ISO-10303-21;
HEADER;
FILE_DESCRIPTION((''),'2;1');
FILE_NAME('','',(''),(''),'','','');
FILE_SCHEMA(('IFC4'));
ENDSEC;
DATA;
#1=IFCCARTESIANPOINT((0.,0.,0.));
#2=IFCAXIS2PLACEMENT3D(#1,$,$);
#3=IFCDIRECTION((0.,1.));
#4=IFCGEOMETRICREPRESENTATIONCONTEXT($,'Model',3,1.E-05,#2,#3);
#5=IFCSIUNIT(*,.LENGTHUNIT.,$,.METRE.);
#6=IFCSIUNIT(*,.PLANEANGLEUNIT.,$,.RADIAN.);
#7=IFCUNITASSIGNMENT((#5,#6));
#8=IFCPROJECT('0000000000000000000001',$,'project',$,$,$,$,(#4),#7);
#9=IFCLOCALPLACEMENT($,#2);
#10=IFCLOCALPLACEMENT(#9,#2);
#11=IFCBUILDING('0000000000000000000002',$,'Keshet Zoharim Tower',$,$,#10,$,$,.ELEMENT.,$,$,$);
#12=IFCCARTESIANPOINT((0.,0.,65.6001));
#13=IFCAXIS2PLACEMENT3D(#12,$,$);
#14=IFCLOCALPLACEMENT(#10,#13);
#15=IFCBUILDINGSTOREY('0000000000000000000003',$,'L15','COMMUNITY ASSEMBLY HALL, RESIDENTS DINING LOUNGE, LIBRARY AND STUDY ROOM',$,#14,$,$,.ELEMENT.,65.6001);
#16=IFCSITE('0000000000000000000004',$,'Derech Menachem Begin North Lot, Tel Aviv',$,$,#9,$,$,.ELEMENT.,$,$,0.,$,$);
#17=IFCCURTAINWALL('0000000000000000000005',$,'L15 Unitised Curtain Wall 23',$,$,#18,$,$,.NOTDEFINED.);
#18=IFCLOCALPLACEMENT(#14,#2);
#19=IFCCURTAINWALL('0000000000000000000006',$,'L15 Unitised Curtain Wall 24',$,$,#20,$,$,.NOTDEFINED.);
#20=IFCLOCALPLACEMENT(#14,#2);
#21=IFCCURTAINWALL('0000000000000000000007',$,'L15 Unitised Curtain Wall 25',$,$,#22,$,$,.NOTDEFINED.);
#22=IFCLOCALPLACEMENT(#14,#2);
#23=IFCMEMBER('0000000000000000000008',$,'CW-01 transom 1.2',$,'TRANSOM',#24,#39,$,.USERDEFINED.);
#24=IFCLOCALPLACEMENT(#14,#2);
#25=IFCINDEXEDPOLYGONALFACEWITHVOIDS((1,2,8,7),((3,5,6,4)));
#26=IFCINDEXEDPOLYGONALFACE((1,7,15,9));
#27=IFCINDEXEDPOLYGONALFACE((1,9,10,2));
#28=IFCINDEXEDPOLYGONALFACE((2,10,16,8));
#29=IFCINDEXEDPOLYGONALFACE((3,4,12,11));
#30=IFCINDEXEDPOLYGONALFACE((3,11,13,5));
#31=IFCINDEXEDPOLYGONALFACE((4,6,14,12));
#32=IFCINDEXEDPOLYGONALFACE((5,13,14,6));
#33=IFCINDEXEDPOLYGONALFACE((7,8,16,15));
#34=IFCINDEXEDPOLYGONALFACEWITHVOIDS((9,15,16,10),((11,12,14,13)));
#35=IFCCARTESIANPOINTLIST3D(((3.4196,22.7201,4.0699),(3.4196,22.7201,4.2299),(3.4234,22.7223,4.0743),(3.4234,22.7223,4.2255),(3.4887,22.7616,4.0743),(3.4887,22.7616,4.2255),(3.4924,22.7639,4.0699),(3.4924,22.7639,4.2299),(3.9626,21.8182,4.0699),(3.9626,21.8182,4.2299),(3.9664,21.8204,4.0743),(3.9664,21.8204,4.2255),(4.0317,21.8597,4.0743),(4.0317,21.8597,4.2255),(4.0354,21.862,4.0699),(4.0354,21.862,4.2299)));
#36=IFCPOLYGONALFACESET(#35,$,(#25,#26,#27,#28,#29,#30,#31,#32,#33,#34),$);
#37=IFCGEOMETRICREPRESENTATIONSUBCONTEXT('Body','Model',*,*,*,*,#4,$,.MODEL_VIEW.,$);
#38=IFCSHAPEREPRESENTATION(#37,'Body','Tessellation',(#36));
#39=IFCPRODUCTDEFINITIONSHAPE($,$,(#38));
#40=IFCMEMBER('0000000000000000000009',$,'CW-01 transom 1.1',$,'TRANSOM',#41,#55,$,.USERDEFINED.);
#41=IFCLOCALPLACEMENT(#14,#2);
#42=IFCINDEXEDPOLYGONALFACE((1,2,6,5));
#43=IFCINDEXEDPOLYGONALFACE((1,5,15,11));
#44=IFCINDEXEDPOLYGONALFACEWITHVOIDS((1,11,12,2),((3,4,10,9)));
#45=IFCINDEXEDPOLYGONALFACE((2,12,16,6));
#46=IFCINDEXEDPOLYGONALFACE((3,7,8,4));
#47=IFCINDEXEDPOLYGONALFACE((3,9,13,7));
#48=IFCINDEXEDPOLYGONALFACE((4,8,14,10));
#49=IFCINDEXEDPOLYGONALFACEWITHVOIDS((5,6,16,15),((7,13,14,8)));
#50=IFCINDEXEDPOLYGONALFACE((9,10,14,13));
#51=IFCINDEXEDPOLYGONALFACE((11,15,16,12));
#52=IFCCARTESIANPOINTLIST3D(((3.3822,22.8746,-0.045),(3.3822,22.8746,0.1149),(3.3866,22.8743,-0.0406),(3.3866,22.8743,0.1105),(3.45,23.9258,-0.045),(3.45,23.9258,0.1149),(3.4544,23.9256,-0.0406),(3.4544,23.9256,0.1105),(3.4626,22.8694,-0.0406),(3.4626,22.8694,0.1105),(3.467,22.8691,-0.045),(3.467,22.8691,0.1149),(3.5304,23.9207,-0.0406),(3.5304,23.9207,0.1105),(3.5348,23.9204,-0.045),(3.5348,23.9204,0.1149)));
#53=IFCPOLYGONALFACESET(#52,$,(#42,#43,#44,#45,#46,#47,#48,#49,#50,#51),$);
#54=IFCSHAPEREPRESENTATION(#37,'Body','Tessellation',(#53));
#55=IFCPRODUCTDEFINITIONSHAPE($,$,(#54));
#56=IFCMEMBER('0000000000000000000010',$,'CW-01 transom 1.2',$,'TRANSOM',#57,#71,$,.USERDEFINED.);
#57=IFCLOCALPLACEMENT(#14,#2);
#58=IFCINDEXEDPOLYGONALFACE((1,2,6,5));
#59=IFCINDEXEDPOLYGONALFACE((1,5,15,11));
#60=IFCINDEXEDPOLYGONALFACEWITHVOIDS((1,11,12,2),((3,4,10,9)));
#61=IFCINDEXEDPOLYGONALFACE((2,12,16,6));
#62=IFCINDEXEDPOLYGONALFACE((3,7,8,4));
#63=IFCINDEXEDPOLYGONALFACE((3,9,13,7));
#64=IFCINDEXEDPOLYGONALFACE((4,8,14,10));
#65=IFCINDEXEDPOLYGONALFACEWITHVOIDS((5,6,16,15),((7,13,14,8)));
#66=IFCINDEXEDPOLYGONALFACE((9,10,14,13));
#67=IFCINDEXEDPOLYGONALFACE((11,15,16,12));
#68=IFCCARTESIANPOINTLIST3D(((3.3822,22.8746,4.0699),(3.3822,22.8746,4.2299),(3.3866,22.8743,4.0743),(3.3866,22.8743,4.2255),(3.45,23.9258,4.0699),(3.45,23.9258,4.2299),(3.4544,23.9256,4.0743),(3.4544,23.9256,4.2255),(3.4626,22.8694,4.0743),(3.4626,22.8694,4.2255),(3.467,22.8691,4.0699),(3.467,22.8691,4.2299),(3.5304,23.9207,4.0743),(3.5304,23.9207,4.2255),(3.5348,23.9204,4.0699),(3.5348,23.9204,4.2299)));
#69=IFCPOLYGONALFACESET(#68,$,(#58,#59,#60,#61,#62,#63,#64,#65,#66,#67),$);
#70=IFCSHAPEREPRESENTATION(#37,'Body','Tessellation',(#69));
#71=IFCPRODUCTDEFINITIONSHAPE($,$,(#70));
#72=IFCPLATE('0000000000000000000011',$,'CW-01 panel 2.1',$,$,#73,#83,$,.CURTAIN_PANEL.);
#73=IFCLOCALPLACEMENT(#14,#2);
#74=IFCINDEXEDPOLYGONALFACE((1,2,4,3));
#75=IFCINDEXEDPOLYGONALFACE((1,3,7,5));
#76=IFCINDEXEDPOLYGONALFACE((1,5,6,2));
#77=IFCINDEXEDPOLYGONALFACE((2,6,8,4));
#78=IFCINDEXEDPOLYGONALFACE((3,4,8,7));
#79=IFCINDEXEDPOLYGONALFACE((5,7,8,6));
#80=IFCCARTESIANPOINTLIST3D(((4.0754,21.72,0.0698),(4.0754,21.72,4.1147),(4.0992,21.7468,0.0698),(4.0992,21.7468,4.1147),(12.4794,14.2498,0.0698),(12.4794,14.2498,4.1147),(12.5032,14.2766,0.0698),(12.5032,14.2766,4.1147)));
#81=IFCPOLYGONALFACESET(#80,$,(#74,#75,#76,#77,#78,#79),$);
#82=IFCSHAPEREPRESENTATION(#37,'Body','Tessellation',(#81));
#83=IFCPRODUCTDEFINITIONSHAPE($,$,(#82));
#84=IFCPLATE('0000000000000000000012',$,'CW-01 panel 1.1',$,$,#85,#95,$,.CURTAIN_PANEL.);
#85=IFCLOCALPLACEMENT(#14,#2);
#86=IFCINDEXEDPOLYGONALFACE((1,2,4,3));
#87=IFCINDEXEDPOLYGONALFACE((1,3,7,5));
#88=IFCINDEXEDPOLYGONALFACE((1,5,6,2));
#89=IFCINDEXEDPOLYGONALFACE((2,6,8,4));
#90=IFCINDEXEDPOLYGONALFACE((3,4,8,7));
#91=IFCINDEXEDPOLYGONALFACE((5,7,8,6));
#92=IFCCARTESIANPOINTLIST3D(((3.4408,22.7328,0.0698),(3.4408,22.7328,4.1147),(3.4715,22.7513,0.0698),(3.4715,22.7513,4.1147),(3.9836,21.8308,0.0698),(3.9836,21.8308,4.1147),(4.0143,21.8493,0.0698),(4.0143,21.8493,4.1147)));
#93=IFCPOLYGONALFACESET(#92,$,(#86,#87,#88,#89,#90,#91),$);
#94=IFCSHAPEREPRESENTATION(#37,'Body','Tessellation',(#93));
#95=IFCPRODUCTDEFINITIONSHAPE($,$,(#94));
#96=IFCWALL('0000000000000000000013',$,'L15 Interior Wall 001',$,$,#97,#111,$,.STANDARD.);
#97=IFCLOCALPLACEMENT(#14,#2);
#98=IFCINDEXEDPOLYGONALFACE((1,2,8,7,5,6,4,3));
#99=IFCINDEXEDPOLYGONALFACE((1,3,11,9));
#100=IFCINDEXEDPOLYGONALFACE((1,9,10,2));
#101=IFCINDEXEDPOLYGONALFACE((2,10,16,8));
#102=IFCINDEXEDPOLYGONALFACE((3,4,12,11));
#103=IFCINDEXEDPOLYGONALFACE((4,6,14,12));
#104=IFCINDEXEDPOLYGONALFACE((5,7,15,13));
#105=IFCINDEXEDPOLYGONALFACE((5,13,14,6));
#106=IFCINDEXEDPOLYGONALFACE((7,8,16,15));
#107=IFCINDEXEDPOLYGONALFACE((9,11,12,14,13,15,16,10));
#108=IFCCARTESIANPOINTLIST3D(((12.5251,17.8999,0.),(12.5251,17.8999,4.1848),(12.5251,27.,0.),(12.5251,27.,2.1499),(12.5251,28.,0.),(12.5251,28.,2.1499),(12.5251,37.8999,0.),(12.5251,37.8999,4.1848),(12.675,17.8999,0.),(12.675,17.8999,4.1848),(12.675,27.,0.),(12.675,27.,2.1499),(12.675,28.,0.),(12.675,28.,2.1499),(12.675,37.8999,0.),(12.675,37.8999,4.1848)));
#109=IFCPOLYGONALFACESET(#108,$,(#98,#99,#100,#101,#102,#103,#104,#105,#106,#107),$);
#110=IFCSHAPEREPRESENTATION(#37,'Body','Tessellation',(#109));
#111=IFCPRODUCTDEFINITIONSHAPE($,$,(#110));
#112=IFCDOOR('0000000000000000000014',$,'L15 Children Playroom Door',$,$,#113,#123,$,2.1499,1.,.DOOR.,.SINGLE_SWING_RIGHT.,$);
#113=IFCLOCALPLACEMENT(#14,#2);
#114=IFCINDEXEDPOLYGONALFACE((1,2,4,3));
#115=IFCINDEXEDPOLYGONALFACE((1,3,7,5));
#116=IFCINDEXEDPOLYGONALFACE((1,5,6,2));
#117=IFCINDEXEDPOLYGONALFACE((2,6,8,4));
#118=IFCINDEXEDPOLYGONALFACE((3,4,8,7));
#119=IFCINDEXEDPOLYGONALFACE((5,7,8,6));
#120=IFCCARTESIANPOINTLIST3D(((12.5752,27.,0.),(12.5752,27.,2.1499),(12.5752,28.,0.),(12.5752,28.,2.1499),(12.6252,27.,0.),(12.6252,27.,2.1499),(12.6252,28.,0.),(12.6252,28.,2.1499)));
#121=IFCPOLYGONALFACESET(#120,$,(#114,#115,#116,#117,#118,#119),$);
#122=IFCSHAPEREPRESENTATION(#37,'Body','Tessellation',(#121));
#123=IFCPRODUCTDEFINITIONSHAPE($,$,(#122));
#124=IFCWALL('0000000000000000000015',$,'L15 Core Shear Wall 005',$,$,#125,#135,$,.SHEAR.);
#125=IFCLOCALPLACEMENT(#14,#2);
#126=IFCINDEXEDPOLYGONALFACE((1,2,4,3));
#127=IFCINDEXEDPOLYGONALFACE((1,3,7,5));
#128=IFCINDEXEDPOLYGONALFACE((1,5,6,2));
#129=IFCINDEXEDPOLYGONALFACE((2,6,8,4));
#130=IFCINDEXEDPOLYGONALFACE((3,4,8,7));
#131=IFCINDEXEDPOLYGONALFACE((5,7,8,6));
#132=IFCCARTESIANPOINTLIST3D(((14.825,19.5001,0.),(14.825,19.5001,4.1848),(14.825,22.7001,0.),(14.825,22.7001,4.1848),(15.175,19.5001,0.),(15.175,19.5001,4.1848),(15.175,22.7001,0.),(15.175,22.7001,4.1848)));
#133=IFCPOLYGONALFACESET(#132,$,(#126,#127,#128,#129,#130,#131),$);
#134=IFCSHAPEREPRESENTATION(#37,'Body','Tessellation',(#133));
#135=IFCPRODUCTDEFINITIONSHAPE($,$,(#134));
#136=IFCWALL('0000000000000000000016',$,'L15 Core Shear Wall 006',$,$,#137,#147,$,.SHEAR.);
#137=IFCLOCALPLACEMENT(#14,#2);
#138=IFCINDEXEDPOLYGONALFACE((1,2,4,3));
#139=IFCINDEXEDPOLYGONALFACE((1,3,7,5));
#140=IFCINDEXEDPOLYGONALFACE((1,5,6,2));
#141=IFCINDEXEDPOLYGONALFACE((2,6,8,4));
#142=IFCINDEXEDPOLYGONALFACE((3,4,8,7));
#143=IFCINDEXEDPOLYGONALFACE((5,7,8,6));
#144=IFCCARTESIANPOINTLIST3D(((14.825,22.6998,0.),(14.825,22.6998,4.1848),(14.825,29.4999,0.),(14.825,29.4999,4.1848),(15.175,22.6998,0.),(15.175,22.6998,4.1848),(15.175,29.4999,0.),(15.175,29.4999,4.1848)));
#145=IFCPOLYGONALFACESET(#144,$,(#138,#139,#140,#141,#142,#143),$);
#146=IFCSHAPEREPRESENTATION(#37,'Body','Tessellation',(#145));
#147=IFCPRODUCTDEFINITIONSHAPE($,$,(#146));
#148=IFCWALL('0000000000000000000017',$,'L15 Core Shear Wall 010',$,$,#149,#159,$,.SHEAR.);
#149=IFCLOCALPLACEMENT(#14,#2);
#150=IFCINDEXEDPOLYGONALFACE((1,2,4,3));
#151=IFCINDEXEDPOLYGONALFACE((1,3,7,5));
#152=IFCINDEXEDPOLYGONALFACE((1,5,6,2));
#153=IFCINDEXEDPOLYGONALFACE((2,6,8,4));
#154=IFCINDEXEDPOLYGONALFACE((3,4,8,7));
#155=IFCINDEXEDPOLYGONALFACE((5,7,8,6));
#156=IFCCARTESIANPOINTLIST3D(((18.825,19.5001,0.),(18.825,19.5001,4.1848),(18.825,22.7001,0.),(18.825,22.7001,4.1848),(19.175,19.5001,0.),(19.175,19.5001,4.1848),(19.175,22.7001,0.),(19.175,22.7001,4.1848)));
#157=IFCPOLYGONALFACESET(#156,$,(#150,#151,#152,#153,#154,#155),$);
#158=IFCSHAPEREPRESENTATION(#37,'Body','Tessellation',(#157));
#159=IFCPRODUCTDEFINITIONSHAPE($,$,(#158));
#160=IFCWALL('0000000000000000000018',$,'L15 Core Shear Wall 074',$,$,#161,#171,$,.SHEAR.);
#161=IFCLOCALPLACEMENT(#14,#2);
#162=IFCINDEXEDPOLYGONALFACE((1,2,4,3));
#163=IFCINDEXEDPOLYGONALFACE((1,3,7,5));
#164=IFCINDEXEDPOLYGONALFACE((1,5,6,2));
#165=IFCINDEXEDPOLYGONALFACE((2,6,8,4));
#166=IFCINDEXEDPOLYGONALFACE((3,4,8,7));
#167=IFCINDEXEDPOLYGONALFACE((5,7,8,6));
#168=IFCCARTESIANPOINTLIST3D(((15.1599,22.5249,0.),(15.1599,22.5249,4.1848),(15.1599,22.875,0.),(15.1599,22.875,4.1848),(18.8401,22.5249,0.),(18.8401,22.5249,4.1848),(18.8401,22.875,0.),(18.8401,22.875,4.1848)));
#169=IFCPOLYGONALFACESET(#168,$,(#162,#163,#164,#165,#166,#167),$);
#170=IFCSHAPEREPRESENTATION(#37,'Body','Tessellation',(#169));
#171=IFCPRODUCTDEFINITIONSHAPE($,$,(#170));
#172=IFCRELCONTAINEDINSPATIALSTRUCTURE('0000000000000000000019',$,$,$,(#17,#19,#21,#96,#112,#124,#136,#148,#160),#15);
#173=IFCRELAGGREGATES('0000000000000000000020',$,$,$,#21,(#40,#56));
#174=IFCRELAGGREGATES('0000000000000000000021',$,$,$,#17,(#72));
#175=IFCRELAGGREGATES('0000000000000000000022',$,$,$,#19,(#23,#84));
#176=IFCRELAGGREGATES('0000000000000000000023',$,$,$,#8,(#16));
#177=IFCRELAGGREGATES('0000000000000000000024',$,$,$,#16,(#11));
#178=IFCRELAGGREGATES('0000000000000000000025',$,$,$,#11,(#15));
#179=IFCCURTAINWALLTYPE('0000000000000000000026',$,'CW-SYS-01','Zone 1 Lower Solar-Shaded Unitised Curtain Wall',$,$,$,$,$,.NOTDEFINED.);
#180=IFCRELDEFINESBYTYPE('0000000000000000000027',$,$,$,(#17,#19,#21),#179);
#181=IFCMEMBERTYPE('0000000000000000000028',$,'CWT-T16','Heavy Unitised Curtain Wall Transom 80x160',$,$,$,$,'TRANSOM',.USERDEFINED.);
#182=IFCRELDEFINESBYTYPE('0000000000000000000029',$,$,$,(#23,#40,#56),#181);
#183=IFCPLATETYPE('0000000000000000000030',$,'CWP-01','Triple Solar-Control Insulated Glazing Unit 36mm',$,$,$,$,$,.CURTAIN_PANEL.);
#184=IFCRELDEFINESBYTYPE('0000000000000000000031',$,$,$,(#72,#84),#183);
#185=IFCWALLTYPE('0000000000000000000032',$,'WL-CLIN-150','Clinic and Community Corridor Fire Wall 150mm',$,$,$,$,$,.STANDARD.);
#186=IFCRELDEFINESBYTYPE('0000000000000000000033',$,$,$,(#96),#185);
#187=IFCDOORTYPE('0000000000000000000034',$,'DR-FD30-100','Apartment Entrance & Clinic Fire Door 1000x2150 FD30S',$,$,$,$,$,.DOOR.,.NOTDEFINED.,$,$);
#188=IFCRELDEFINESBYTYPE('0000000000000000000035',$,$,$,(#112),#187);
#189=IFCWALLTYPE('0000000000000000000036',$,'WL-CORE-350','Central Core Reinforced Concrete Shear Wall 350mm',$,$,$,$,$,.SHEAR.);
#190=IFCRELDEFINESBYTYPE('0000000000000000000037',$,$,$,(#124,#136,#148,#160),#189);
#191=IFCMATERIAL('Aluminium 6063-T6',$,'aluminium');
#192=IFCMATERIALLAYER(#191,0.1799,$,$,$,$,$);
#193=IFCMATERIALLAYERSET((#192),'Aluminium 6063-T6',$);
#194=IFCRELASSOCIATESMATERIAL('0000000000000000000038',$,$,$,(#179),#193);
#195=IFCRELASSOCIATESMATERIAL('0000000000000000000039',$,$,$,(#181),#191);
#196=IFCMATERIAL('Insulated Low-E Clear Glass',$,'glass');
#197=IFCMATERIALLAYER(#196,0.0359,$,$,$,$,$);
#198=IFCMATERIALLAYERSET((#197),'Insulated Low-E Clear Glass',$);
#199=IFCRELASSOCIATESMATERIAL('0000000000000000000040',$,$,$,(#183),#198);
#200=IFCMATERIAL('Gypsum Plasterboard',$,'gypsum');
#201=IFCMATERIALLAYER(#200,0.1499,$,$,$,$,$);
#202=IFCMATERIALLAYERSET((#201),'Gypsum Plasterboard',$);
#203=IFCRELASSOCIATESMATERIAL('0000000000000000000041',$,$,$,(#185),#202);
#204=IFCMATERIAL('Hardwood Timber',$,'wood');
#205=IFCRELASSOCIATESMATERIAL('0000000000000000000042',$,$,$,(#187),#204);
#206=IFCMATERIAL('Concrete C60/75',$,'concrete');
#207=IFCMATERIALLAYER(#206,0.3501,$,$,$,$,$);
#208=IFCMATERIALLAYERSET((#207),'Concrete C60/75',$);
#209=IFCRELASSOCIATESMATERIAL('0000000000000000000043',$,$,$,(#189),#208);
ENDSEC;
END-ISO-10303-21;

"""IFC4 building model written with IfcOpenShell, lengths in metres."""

from ifc_helpers import new_model, si_unit, direction, frame, frame_2d, origin, origin_2d, place, context, subcontext, project, spatial, rectangle, hollow_rectangle, extrude, material, layer, layer_set, material_profile, profile_set, type_object, element, fill, aggregate, save


model = new_model("IFC4")

# Units and contexts
model_context = context("Model", 3, precision=1e-05, world=origin(), true_north=direction((0.0, 1.0)))
body_context = subcontext(model_context, "Body", "Model", "MODEL_VIEW")
ifc_project = project(units=[si_unit("LENGTHUNIT", "METRE"), si_unit("PLANEANGLEUNIT", "RADIAN")], contexts=[model_context])

# Site, building, storey
site_placement = place(None, origin())
site = spatial("IfcSite", under=ifc_project, at=site_placement, Name="Derech Menachem Begin North Lot, Tel Aviv", CompositionType="ELEMENT", RefElevation=0.0)
building_placement = place(site_placement, origin())
building = spatial("IfcBuilding", under=site, at=building_placement, Name="Keshet Zoharim Tower", CompositionType="ELEMENT")
storey_placement = place(building_placement, frame((0.0, 0.0, 65.6001)))
storey = spatial("IfcBuildingStorey", under=building, at=storey_placement, Name="L15", Description="COMMUNITY ASSEMBLY HALL, RESIDENTS DINING LOUNGE, LIBRARY AND STUDY ROOM", CompositionType="ELEMENT", Elevation=65.6001)

# Shared definitions
ifc_material_1 = material(Name="Concrete C60/75", Category="concrete")

# Curtain wall
ifc_material_2 = material(Name="Aluminium 6063-T6", Category="aluminium")
ifc_layer_1 = layer(ifc_material_2, 0.1799)
ifc_layer_set_1 = layer_set([ifc_layer_1], Name="Aluminium 6063-T6")
curtain_wall_type = type_object("IfcCurtainWallType", Name="CW-SYS-01", Description="Zone 1 Lower Solar-Shaded Unitised Curtain Wall", PredefinedType="NOTDEFINED", material=ifc_layer_set_1)
curtain_wall_1_placement = place(storey_placement, origin())
curtain_wall_1 = element("IfcCurtainWall", 1, at=curtain_wall_1_placement, inside=storey, type_object=curtain_wall_type, Name="L15 Unitised Curtain Wall 23", PredefinedType="NOTDEFINED")

# Curtain wall
curtain_wall_2_placement = place(storey_placement, origin())
curtain_wall_2 = element("IfcCurtainWall", 2, at=curtain_wall_2_placement, inside=storey, type_object=curtain_wall_type, Name="L15 Unitised Curtain Wall 24", PredefinedType="NOTDEFINED")

# Curtain wall
curtain_wall_3_placement = place(storey_placement, origin())
curtain_wall_3 = element("IfcCurtainWall", 3, at=curtain_wall_3_placement, inside=storey, type_object=curtain_wall_type, Name="L15 Unitised Curtain Wall 25", PredefinedType="NOTDEFINED")

# Members
ifc_material_profile_1 = material_profile(ifc_material_2, hollow_rectangle(XDim=0.085, YDim=0.1599, WallThickness=0.0044, at=origin_2d()), Name="TRN-85x160")
ifc_profile_set_1 = profile_set([ifc_material_profile_1], Name="Aluminium 6063-T6")
member_type_1 = type_object("IfcMemberType", Name="CWT-T16", Description="Heavy Unitised Curtain Wall Transom 80x160", ElementType="TRANSOM", PredefinedType="USERDEFINED", material=ifc_profile_set_1)
member_1_placement = place(storey_placement, frame((3.999, 21.8401, 4.1499), z_axis=(-0.515791, 0.856714, 0.0), x_axis=(-0.856714, -0.515791, 0.0)))
member_1 = element("IfcMember", 4, at=member_1_placement, type_object=member_type_1, Name="CW-01 transom 1.2", ObjectType="TRANSOM", PredefinedType="USERDEFINED", context=body_context, shape_type="SweptSolid", body=[
    extrude(hollow_rectangle(XDim=0.085, YDim=0.1599, WallThickness=0.0044, at=origin_2d()), origin(), (0.0, 0.0, 1.0), 1.0527),
])
member_2_placement = place(storey_placement, frame((3.4246, 22.8718, 0.0349), z_axis=(0.064427, 0.997922, 0.0), x_axis=(-0.997922, 0.064427, 0.0)))
member_2 = element("IfcMember", 5, at=member_2_placement, type_object=member_type_1, Name="CW-01 transom 1.1", ObjectType="TRANSOM", PredefinedType="USERDEFINED", context=body_context, shape_type="SweptSolid", body=[
    extrude(hollow_rectangle(XDim=0.085, YDim=0.1599, WallThickness=0.0044, at=origin_2d()), origin(), (0.0, 0.0, 1.0), 1.0535),
])
member_3_placement = place(storey_placement, frame((3.4246, 22.8718, 4.1499), z_axis=(0.064427, 0.997922, 0.0), x_axis=(-0.997922, 0.064427, 0.0)))
member_3 = element("IfcMember", 6, at=member_3_placement, type_object=member_type_1, Name="CW-01 transom 1.2", ObjectType="TRANSOM", PredefinedType="USERDEFINED", context=body_context, shape_type="SweptSolid", body=[
    extrude(hollow_rectangle(XDim=0.085, YDim=0.1599, WallThickness=0.0044, at=origin_2d()), origin(), (0.0, 0.0, 1.0), 1.0535),
])
aggregate(curtain_wall_3, [member_2, member_3])

# Plates
ifc_material_3 = material(Name="Insulated Low-E Clear Glass", Category="glass")
ifc_layer_2 = layer(ifc_material_3, 0.0359)
ifc_layer_set_2 = layer_set([ifc_layer_2], Name="Insulated Low-E Clear Glass")
plate_type = type_object("IfcPlateType", Name="CWP-01", Description="Triple Solar-Control Insulated Glazing Unit 36mm", PredefinedType="CURTAIN_PANEL", material=ifc_layer_set_2)
plate_1_placement = place(storey_placement, frame((8.2893, 17.9983, 0.0698), z_axis=(0.0, 0.0, 1.0), x_axis=(-0.747409, 0.664364, 0.0)))
plate_1 = element("IfcPlate", 7, at=plate_1_placement, type_object=plate_type, Name="CW-01 panel 2.1", PredefinedType="CURTAIN_PANEL", context=body_context, shape_type="SweptSolid", body=[
    extrude(rectangle(XDim=11.2441, YDim=0.0359, at=origin_2d()), origin(), (0.0, 0.0, 1.0), 4.0449),
])
aggregate(curtain_wall_1, [plate_1])
plate_2_placement = place(storey_placement, frame((3.7275, 22.291, 0.0698), z_axis=(0.0, 0.0, 1.0), x_axis=(-0.515605, 0.856826, 0.0)))
plate_2 = element("IfcPlate", 8, at=plate_2_placement, type_object=plate_type, Name="CW-01 panel 1.1", PredefinedType="CURTAIN_PANEL", context=body_context, shape_type="SweptSolid", body=[
    extrude(rectangle(XDim=1.0527, YDim=0.0359, at=origin_2d()), origin(), (0.0, 0.0, 1.0), 4.0449),
])
aggregate(curtain_wall_2, [member_1, plate_2])

# Wall, opening, door
ifc_material_4 = material(Name="Gypsum Plasterboard", Category="gypsum")
ifc_layer_3 = layer(ifc_material_4, 0.1499)
ifc_layer_set_3 = layer_set([ifc_layer_3], Name="Gypsum Plasterboard")
wall_type_1 = type_object("IfcWallType", Name="WL-CLIN-150", Description="Clinic and Community Corridor Fire Wall 150mm", PredefinedType="STANDARD", material=ifc_layer_set_3)
wall_1_placement = place(storey_placement, frame((12.6001, 17.8999, 0.0), z_axis=(0.0, 0.0, 1.0), x_axis=(0.0, 1.0, 0.0)))
wall_1 = element("IfcWall", 9, at=wall_1_placement, inside=storey, type_object=wall_type_1, Name="L15 Interior Wall 001", PredefinedType="STANDARD", context=body_context, shape_type="SweptSolid", body=[
    extrude(rectangle(XDim=20.0, YDim=0.1499, at=frame_2d((10.0, 0.0))), origin(), (0.0, 0.0, 1.0), 4.1848),
])
opening_1_placement = place(wall_1_placement, frame((9.1001, 0.0, 0.0)))
opening_1 = element("IfcOpeningElement", 10, at=opening_1_placement, cuts=wall_1, PredefinedType="OPENING", context=body_context, shape_type="SweptSolid", body=[
    extrude(rectangle(XDim=1.0, YDim=2.1499, at=frame_2d((0.5, 1.075))), frame((0.0, 0.085, 0.0), z_axis=(0.0, -1.0, 0.0), x_axis=(1.0, 0.0, 0.0)), (0.0, 0.0, 1.0), 0.1699),
])
ifc_material_5 = material(Name="Hardwood Timber", Category="wood")
door_type_1 = type_object("IfcDoorType", Name="DR-FD30-100", Description="Apartment Entrance & Clinic Fire Door 1000x2150 FD30S", OperationType="NOTDEFINED", PredefinedType="DOOR", material=ifc_material_5)
door_1_placement = place(opening_1_placement, origin())
door_1 = element("IfcDoor", 11, at=door_1_placement, inside=storey, type_object=door_type_1, Name="L15 Children Playroom Door", OperationType="SINGLE_SWING_RIGHT", OverallHeight=2.1499, OverallWidth=1.0, PredefinedType="DOOR", context=body_context, shape_type="SweptSolid", body=[
    extrude(rectangle(XDim=1.0, YDim=2.1499, at=frame_2d((0.5, 1.075))), frame((0.0, 0.0249, 0.0), z_axis=(0.0, -1.0, 0.0), x_axis=(1.0, 0.0, 0.0)), (0.0, 0.0, 1.0), 0.05),
])
fill(opening_1, door_1)

# Walls
ifc_layer_4 = layer(ifc_material_1, 0.3501)
ifc_layer_set_4 = layer_set([ifc_layer_4], Name="Concrete C60/75")
wall_type_2 = type_object("IfcWallType", Name="WL-CORE-350", Description="Central Core Reinforced Concrete Shear Wall 350mm", PredefinedType="SHEAR", material=ifc_layer_set_4)
wall_2_placement = place(storey_placement, frame((15.0, 19.5, 0.0), z_axis=(0.0, 0.0, 1.0), x_axis=(0.0, 1.0, 0.0)))
element("IfcWall", 12, at=wall_2_placement, inside=storey, type_object=wall_type_2, Name="L15 Core Shear Wall 005", PredefinedType="SHEAR", context=body_context, shape_type="SweptSolid", body=[
    extrude(rectangle(XDim=3.2, YDim=0.3501, at=frame_2d((1.6001, 0.0))), origin(), (0.0, 0.0, 1.0), 4.1848),
])
wall_3_placement = place(storey_placement, frame((15.0, 22.7, 0.0), z_axis=(0.0, 0.0, 1.0), x_axis=(0.0, 1.0, 0.0)))
element("IfcWall", 13, at=wall_3_placement, inside=storey, type_object=wall_type_2, Name="L15 Core Shear Wall 006", PredefinedType="SHEAR", context=body_context, shape_type="SweptSolid", body=[
    extrude(rectangle(XDim=6.8, YDim=0.3501, at=frame_2d((3.3999, 0.0))), origin(), (0.0, 0.0, 1.0), 4.1848),
])
wall_4_placement = place(storey_placement, frame((19.0, 19.5, 0.0), z_axis=(0.0, 0.0, 1.0), x_axis=(0.0, 1.0, 0.0)))
element("IfcWall", 14, at=wall_4_placement, inside=storey, type_object=wall_type_2, Name="L15 Core Shear Wall 010", PredefinedType="SHEAR", context=body_context, shape_type="SweptSolid", body=[
    extrude(rectangle(XDim=3.2, YDim=0.3501, at=frame_2d((1.6001, 0.0))), origin(), (0.0, 0.0, 1.0), 4.1848),
])

# Wall
wall_5_placement = place(storey_placement, frame((15.1599, 22.7, 0.0), z_axis=(0.0, 0.0, 1.0), x_axis=(1.0, 0.0, 0.0)))
element("IfcWall", 15, at=wall_5_placement, inside=storey, type_object=wall_type_2, Name="L15 Core Shear Wall 074", PredefinedType="SHEAR", context=body_context, shape_type="SweptSolid", body=[
    extrude(rectangle(XDim=3.6802, YDim=0.3501, at=frame_2d((1.8401, 0.0))), origin(), (0.0, 0.0, 1.0), 4.1848),
])

save(model, "model.ifc")
